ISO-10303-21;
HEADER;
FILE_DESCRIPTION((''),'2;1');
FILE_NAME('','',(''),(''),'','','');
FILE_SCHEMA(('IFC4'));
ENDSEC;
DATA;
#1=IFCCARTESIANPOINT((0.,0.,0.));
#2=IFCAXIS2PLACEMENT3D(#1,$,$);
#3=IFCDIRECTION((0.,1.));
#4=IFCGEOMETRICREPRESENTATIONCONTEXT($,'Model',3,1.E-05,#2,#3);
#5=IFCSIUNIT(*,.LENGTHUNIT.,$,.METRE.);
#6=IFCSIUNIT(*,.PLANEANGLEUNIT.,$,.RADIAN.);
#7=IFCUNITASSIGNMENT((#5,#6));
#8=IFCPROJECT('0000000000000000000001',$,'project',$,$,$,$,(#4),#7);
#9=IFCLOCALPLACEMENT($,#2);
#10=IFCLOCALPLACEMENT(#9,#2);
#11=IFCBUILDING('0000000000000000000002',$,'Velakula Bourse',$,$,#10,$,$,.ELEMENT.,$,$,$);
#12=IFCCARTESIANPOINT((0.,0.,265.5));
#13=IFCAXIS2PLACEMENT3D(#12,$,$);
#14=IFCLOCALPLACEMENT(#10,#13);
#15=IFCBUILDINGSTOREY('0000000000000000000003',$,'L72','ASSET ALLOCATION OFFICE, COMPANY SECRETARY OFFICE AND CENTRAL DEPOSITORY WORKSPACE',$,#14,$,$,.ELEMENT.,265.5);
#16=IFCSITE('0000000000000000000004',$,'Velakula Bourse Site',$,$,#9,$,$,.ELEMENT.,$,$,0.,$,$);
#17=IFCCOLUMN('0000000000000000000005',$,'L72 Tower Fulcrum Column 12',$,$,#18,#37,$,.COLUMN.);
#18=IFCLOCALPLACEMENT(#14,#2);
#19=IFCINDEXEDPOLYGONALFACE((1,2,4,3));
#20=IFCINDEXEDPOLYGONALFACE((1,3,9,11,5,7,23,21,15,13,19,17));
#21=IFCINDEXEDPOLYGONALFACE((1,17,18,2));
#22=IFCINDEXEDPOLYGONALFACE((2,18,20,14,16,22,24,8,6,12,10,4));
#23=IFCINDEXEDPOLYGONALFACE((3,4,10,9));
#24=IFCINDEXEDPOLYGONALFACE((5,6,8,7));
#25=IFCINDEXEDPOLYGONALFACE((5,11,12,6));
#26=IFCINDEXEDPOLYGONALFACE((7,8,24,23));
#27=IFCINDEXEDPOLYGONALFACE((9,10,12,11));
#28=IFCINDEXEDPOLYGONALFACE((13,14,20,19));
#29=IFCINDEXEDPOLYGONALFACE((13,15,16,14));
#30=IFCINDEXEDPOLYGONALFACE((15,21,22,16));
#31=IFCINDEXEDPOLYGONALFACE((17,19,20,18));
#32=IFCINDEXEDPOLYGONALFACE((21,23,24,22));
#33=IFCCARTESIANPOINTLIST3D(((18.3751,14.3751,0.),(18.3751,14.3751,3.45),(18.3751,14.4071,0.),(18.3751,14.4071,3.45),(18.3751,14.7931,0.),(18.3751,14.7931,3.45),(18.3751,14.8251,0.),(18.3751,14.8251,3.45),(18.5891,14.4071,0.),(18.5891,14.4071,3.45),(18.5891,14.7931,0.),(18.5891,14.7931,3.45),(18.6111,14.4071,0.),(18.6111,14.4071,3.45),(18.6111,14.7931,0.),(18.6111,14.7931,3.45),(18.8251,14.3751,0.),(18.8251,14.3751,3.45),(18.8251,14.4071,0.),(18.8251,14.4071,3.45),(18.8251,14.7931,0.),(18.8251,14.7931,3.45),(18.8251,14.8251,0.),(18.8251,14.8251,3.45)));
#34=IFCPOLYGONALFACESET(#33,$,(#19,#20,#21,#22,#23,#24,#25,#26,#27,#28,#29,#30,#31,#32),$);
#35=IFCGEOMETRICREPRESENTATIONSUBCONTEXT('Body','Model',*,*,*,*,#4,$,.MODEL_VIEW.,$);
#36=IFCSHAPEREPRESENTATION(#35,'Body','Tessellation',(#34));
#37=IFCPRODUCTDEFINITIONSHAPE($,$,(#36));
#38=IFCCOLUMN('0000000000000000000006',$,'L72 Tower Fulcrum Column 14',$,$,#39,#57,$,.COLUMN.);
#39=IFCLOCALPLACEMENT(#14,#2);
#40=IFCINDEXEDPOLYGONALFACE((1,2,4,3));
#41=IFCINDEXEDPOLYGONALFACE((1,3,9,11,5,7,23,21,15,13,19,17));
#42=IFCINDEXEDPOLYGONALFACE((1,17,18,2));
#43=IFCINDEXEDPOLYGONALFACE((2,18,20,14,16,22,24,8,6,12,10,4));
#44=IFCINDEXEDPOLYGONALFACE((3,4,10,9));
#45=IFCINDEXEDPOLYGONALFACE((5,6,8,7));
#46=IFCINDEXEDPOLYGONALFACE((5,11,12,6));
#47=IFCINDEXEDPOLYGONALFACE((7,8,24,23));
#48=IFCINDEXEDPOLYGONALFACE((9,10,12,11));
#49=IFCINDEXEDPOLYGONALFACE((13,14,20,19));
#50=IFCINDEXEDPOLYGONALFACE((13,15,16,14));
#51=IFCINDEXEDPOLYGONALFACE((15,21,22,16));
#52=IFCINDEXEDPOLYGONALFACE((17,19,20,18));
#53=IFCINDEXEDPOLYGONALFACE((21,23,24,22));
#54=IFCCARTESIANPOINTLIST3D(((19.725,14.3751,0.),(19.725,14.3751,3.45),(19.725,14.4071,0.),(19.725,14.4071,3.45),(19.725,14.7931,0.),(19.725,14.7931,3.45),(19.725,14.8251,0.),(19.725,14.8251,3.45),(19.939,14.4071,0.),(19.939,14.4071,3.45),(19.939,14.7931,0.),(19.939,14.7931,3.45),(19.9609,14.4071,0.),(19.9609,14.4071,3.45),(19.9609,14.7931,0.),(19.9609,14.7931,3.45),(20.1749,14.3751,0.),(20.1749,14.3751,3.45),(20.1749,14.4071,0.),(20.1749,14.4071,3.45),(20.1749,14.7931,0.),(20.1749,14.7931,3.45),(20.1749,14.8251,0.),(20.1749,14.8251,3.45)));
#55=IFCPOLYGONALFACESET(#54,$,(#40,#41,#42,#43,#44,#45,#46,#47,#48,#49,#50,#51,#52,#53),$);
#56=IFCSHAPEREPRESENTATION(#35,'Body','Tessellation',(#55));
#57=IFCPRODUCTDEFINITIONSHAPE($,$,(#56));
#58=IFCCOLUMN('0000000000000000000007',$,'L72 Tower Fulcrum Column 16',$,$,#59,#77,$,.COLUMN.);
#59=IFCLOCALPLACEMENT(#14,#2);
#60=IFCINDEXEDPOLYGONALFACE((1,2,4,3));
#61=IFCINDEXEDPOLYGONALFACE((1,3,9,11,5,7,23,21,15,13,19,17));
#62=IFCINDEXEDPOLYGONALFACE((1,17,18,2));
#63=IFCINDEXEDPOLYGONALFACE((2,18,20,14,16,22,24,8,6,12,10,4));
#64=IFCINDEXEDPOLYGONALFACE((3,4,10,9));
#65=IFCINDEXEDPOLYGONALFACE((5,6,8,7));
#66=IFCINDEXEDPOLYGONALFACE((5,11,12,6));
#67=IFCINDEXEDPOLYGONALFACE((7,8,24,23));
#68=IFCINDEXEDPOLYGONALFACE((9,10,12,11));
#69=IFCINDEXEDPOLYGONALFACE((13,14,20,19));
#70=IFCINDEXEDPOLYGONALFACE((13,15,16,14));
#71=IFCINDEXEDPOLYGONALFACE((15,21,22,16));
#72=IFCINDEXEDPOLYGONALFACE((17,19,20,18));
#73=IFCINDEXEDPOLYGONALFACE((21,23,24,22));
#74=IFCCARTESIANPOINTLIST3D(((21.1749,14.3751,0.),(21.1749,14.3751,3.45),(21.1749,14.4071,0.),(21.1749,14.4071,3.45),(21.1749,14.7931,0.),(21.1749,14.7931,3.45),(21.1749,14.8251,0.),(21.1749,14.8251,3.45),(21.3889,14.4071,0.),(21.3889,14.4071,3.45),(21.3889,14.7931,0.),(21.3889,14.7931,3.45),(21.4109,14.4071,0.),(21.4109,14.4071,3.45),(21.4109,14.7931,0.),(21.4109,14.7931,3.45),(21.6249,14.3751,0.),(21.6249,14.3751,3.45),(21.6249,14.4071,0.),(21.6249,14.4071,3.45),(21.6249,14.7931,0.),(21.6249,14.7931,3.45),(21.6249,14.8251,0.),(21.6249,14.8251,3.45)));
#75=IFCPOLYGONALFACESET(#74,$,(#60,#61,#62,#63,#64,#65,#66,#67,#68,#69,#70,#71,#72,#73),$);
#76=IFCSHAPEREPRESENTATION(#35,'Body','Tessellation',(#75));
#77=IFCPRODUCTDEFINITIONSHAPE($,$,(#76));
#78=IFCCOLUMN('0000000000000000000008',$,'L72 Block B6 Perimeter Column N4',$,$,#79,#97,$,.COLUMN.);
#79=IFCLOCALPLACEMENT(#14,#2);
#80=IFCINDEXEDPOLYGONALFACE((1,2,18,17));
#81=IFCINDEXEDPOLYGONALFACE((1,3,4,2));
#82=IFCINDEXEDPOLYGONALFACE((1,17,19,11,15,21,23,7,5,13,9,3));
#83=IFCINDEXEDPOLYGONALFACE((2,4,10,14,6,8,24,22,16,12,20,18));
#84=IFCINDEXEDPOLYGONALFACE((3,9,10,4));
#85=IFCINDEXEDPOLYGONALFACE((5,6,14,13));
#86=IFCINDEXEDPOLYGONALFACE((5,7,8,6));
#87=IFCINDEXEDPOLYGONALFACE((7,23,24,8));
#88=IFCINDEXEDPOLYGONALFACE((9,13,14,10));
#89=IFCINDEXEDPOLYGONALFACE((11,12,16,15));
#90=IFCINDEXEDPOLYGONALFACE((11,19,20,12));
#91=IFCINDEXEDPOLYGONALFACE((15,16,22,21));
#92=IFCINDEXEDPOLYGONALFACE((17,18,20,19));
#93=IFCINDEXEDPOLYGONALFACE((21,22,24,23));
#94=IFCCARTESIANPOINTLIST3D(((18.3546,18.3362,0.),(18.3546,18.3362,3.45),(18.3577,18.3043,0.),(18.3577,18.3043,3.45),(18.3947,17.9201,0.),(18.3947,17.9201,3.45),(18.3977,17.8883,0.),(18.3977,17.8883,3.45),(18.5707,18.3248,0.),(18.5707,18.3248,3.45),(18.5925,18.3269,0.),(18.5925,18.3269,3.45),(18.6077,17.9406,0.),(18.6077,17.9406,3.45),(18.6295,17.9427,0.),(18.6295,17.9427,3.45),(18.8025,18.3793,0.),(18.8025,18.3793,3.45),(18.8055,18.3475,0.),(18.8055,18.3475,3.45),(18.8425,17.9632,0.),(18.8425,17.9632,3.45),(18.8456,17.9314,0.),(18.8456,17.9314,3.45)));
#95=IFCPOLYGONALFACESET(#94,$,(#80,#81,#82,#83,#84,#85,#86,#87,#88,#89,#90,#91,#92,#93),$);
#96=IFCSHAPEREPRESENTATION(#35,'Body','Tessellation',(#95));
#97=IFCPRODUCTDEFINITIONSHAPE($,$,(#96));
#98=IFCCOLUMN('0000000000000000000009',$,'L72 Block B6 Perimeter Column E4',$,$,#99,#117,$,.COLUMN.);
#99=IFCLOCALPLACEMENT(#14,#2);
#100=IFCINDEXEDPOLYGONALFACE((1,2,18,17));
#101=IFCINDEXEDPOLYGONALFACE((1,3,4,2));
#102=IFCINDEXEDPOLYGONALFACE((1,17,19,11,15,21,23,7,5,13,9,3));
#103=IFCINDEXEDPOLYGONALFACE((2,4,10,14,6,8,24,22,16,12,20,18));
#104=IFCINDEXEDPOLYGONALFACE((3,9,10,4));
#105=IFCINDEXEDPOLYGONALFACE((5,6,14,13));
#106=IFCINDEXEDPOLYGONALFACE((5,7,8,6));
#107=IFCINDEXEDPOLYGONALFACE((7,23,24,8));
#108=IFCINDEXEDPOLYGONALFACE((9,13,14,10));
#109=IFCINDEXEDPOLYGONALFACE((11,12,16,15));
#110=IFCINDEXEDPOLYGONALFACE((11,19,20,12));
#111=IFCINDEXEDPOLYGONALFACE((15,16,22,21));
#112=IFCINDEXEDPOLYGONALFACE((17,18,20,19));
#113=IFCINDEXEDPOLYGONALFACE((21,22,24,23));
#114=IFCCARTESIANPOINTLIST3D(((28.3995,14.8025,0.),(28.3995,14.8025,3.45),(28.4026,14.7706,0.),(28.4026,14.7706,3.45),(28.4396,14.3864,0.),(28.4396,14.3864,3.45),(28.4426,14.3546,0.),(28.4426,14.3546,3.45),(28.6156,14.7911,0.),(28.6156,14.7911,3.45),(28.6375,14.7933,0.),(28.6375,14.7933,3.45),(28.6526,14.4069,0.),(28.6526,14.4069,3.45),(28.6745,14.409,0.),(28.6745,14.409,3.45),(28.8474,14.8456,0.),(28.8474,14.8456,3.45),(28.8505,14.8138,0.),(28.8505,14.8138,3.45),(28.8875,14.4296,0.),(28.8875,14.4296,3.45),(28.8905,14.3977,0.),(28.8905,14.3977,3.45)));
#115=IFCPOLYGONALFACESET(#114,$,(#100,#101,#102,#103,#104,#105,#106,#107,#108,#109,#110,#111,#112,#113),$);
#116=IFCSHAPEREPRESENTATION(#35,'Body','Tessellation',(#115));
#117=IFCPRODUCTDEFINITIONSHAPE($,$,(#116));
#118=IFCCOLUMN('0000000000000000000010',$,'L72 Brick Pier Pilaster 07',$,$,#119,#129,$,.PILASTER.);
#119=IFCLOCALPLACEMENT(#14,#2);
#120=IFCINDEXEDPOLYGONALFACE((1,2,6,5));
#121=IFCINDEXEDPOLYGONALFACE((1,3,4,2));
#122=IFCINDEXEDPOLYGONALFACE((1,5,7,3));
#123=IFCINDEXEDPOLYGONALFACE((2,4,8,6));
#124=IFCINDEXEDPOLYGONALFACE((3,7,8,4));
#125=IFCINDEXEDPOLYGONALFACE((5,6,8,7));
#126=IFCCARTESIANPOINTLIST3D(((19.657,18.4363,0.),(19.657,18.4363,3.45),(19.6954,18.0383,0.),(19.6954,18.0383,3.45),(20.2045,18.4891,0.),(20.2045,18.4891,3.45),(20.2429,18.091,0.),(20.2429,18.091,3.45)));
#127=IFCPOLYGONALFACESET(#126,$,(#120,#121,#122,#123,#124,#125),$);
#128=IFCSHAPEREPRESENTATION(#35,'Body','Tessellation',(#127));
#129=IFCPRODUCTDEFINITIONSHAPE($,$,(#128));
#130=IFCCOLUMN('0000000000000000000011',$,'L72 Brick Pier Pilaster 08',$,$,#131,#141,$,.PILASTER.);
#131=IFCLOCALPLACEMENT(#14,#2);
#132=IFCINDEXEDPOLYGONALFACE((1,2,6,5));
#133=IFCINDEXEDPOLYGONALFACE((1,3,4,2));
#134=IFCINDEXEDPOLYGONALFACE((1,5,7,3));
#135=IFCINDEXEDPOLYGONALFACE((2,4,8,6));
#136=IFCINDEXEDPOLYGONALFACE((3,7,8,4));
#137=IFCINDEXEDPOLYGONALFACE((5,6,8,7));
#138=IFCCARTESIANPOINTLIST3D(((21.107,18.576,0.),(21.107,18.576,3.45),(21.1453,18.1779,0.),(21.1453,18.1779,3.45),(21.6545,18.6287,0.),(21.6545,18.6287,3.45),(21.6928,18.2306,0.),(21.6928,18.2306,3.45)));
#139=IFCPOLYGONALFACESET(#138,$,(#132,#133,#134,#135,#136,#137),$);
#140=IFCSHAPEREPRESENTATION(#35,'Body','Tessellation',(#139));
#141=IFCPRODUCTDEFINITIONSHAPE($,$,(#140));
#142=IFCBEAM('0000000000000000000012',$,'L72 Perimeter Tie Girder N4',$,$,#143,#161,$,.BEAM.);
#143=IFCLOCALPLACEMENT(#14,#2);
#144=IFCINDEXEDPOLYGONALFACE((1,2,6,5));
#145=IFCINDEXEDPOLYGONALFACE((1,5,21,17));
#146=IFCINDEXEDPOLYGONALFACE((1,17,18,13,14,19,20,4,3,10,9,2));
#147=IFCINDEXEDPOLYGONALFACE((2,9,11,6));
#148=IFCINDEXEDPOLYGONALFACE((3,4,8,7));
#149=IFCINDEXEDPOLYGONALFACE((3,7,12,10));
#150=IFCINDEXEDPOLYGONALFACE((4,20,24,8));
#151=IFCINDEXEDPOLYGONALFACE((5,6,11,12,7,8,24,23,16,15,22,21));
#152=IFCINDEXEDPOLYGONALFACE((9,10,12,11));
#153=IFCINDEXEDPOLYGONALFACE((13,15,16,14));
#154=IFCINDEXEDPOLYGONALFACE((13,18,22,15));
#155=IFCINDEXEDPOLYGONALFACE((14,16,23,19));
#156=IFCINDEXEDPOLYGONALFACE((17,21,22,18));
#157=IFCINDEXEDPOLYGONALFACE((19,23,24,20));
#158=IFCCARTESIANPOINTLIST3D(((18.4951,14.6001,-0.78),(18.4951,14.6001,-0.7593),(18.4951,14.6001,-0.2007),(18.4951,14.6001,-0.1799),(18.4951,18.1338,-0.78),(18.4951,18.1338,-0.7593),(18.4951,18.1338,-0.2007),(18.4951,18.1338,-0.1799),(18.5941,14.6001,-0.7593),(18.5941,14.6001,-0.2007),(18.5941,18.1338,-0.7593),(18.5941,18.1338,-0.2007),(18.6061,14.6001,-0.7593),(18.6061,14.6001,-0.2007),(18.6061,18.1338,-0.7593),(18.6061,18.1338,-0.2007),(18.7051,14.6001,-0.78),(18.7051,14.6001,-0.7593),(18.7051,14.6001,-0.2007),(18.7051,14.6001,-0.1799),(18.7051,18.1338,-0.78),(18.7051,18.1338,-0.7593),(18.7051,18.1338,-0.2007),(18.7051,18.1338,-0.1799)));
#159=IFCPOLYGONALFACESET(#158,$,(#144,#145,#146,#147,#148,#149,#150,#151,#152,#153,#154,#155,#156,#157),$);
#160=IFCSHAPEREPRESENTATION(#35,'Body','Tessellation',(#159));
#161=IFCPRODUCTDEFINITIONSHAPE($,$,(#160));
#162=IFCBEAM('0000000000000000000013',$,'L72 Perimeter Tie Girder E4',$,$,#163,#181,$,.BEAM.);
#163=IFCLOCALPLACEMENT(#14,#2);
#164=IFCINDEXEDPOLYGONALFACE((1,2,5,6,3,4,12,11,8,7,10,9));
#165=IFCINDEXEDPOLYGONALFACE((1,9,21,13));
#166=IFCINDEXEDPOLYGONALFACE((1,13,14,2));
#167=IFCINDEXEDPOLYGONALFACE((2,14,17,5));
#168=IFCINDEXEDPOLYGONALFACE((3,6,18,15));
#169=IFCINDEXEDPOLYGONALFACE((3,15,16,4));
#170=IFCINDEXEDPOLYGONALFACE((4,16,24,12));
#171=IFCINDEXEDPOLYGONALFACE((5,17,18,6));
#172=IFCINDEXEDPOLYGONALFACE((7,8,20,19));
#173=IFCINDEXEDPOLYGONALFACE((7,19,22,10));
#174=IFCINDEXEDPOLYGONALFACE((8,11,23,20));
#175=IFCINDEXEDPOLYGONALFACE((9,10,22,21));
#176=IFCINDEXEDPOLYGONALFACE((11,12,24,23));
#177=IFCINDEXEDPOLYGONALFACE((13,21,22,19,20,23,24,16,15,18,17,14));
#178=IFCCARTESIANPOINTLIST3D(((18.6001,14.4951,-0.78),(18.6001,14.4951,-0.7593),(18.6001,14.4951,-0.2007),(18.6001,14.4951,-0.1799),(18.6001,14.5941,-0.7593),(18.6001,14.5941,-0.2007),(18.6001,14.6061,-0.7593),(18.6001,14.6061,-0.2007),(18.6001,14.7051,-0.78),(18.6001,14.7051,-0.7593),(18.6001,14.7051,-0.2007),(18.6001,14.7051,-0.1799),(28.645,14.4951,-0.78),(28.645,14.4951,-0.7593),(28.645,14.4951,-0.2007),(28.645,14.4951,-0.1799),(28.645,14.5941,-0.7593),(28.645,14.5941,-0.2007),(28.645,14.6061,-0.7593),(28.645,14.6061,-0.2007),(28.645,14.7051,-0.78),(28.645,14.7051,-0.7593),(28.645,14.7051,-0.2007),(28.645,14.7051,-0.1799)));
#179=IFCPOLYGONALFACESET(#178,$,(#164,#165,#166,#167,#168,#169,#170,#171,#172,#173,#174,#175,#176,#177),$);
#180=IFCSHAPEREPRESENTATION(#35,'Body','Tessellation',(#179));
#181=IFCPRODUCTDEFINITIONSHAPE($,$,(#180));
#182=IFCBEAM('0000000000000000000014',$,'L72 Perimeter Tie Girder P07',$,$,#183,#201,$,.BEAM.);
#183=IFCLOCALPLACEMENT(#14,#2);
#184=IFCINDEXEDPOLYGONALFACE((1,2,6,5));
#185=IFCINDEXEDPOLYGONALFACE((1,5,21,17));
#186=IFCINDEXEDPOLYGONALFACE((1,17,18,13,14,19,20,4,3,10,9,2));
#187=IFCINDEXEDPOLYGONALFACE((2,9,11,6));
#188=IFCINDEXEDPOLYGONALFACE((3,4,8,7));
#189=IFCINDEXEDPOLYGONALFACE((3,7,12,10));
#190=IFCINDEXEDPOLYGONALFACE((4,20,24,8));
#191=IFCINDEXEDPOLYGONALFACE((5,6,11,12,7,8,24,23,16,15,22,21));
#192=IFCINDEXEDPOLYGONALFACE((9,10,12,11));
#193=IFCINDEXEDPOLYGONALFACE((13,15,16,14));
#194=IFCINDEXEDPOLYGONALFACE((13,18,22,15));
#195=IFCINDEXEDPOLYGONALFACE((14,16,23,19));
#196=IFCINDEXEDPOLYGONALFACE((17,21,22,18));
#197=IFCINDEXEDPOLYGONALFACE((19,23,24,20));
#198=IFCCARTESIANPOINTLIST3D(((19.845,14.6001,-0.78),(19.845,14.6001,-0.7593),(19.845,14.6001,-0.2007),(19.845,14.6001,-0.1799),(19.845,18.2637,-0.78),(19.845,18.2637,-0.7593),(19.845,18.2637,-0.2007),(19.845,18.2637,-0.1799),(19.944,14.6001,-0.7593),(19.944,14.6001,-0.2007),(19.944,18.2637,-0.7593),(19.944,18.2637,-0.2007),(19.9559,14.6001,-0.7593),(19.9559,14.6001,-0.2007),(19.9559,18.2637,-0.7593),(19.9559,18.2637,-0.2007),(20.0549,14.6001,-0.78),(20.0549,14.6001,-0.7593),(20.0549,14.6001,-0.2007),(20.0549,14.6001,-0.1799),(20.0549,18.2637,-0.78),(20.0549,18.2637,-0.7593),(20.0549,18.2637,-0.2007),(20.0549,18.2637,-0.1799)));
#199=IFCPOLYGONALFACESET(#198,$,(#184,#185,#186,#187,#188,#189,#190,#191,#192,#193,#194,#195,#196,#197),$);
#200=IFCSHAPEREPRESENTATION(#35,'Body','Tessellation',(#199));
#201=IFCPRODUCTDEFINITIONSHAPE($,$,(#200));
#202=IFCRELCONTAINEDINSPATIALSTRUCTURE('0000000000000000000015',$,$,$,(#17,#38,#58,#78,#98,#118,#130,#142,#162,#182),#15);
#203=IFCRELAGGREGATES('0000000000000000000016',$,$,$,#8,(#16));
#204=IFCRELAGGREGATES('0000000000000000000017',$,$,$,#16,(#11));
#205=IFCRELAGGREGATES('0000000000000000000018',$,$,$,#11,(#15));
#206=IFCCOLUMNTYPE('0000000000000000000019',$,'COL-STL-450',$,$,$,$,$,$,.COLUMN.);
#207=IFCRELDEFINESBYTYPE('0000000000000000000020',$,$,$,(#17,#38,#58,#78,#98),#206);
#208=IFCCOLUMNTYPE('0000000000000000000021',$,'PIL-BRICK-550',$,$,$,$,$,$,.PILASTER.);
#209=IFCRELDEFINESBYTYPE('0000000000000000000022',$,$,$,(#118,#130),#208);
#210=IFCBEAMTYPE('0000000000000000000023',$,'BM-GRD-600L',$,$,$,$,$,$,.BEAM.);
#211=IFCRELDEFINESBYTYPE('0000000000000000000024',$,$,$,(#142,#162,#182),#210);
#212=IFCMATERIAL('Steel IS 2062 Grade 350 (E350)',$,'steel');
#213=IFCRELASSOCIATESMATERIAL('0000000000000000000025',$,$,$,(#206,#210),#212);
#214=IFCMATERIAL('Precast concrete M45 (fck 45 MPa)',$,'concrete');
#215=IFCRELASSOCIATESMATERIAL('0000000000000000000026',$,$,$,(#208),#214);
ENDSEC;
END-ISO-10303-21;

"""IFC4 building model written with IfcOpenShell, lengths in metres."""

from ifc_helpers import new_model, si_unit, direction, frame, origin, origin_2d, place, context, subcontext, project, spatial, rectangle, i_section, extrude, material, material_profile, profile_set, type_object, element, save


model = new_model("IFC4")

# Units and contexts
model_context = context("Model", 3, precision=1e-05, world=origin(), true_north=direction((0.0, 1.0)))
body_context = subcontext(model_context, "Body", "Model", "MODEL_VIEW")
ifc_project = project(units=[si_unit("LENGTHUNIT", "METRE"), si_unit("PLANEANGLEUNIT", "RADIAN")], contexts=[model_context])

# Site, building, storey
site_placement = place(None, origin())
site = spatial("IfcSite", under=ifc_project, at=site_placement, Name="Velakula Bourse Site", CompositionType="ELEMENT", RefElevation=0.0)
building_placement = place(site_placement, origin())
building = spatial("IfcBuilding", under=site, at=building_placement, Name="Velakula Bourse", CompositionType="ELEMENT")
storey_placement = place(building_placement, frame((0.0, 0.0, 265.5)))
storey = spatial("IfcBuildingStorey", under=building, at=storey_placement, Name="L72", Description="ASSET ALLOCATION OFFICE, COMPANY SECRETARY OFFICE AND CENTRAL DEPOSITORY WORKSPACE", CompositionType="ELEMENT", Elevation=265.5)

# Columns
ifc_material_1 = material(Name="Steel IS 2062 Grade 350 (E350)", Category="steel")
ifc_material_profile_1 = material_profile(ifc_material_1, i_section(OverallWidth=0.45, OverallDepth=0.45, WebThickness=0.022, FlangeThickness=0.032, at=origin_2d()), Name="Steel IS 2062 Grade 350 (E350)")
ifc_profile_set_1 = profile_set([ifc_material_profile_1], Name="Steel IS 2062 Grade 350 (E350)")
column_type_1 = type_object("IfcColumnType", Name="COL-STL-450", PredefinedType="COLUMN", material=ifc_profile_set_1)
for number, where, z_axis, x_axis, name in (
    (1, (18.6001, 14.6001, 0.0), (0.0, 0.0, 1.0), (1.0, 0.0, 0.0), "L72 Tower Fulcrum Column 12"),
    (2, (19.95, 14.6001, 0.0), (0.0, 0.0, 1.0), (1.0, 0.0, 0.0), "L72 Tower Fulcrum Column 14"),
    (3, (21.3999, 14.6001, 0.0), (0.0, 0.0, 1.0), (1.0, 0.0, 0.0), "L72 Tower Fulcrum Column 16"),
    (4, (18.6001, 18.1338, 0.0), (0.0, 0.0, 1.0), (0.995396, 0.095846, 0.0), "L72 Block B6 Perimeter Column N4"),
    (5, (28.645, 14.6001, 0.0), (0.0, 0.0, 1.0), (0.995396, 0.095846, 0.0), "L72 Block B6 Perimeter Column E4"),
):
    element("IfcColumn", number, at=place(storey_placement, frame(where, z_axis=z_axis, x_axis=x_axis)), inside=storey, type_object=column_type_1, Name=name, PredefinedType="COLUMN", context=body_context, shape_type="SweptSolid", body=[
        extrude(i_section(OverallWidth=0.45, OverallDepth=0.45, WebThickness=0.022, FlangeThickness=0.032, at=origin_2d()), origin(), (0.0, 0.0, 1.0), 3.45),
    ])
ifc_material_2 = material(Name="Precast concrete M45 (fck 45 MPa)", Category="concrete")
ifc_material_profile_2 = material_profile(ifc_material_2, rectangle(XDim=0.55, YDim=0.3999, at=origin_2d()), Name="Precast concrete M45 (fck 45 MPa)")
ifc_profile_set_2 = profile_set([ifc_material_profile_2], Name="Precast concrete M45 (fck 45 MPa)")
column_type_2 = type_object("IfcColumnType", Name="PIL-BRICK-550", PredefinedType="PILASTER", material=ifc_profile_set_2)
for number, where, z_axis, x_axis, name in (
    (6, (19.95, 18.2637, 0.0), (0.0, 0.0, 1.0), (0.995396, 0.095846, 0.0), "L72 Brick Pier Pilaster 07"),
    (7, (21.3999, 18.4033, 0.0), (0.0, 0.0, 1.0), (0.995396, 0.095846, 0.0), "L72 Brick Pier Pilaster 08"),
):
    element("IfcColumn", number, at=place(storey_placement, frame(where, z_axis=z_axis, x_axis=x_axis)), inside=storey, type_object=column_type_2, Name=name, PredefinedType="PILASTER", context=body_context, shape_type="SweptSolid", body=[
        extrude(rectangle(XDim=0.55, YDim=0.3999, at=origin_2d()), origin(), (0.0, 0.0, 1.0), 3.45),
    ])

# Beams
ifc_material_profile_3 = material_profile(ifc_material_1, i_section(OverallWidth=0.21, OverallDepth=0.6001, WebThickness=0.012, FlangeThickness=0.0208, at=origin_2d()), Name="Steel IS 2062 Grade 350 (E350)")
ifc_profile_set_3 = profile_set([ifc_material_profile_3], Name="Steel IS 2062 Grade 350 (E350)")
beam_type_1 = type_object("IfcBeamType", Name="BM-GRD-600L", PredefinedType="BEAM", material=ifc_profile_set_3)
beam_1_placement = place(storey_placement, frame((18.6001, 14.6001, -0.48), z_axis=(0.0, 1.0, 0.0), x_axis=(-1.0, 0.0, 0.0)))
element("IfcBeam", 8, at=beam_1_placement, inside=storey, type_object=beam_type_1, Name="L72 Perimeter Tie Girder N4", PredefinedType="BEAM", context=body_context, shape_type="SweptSolid", body=[
    extrude(i_section(OverallWidth=0.21, OverallDepth=0.6001, WebThickness=0.012, FlangeThickness=0.0208, at=origin_2d()), origin(), (0.0, 0.0, 1.0), 3.5337),
])
beam_2_placement = place(storey_placement, frame((18.6001, 14.6001, -0.48), z_axis=(1.0, 0.0, 0.0), x_axis=(0.0, 1.0, 0.0)))
element("IfcBeam", 9, at=beam_2_placement, inside=storey, type_object=beam_type_1, Name="L72 Perimeter Tie Girder E4", PredefinedType="BEAM", context=body_context, shape_type="SweptSolid", body=[
    extrude(i_section(OverallWidth=0.21, OverallDepth=0.6001, WebThickness=0.012, FlangeThickness=0.0208, at=origin_2d()), origin(), (0.0, 0.0, 1.0), 10.0449),
])
beam_3_placement = place(storey_placement, frame((19.95, 14.6001, -0.48), z_axis=(0.0, 1.0, 0.0), x_axis=(-1.0, 0.0, 0.0)))
element("IfcBeam", 10, at=beam_3_placement, inside=storey, type_object=beam_type_1, Name="L72 Perimeter Tie Girder P07", PredefinedType="BEAM", context=body_context, shape_type="SweptSolid", body=[
    extrude(i_section(OverallWidth=0.21, OverallDepth=0.6001, WebThickness=0.012, FlangeThickness=0.0208, at=origin_2d()), origin(), (0.0, 0.0, 1.0), 3.6636),
])

save(model, "model.ifc")
